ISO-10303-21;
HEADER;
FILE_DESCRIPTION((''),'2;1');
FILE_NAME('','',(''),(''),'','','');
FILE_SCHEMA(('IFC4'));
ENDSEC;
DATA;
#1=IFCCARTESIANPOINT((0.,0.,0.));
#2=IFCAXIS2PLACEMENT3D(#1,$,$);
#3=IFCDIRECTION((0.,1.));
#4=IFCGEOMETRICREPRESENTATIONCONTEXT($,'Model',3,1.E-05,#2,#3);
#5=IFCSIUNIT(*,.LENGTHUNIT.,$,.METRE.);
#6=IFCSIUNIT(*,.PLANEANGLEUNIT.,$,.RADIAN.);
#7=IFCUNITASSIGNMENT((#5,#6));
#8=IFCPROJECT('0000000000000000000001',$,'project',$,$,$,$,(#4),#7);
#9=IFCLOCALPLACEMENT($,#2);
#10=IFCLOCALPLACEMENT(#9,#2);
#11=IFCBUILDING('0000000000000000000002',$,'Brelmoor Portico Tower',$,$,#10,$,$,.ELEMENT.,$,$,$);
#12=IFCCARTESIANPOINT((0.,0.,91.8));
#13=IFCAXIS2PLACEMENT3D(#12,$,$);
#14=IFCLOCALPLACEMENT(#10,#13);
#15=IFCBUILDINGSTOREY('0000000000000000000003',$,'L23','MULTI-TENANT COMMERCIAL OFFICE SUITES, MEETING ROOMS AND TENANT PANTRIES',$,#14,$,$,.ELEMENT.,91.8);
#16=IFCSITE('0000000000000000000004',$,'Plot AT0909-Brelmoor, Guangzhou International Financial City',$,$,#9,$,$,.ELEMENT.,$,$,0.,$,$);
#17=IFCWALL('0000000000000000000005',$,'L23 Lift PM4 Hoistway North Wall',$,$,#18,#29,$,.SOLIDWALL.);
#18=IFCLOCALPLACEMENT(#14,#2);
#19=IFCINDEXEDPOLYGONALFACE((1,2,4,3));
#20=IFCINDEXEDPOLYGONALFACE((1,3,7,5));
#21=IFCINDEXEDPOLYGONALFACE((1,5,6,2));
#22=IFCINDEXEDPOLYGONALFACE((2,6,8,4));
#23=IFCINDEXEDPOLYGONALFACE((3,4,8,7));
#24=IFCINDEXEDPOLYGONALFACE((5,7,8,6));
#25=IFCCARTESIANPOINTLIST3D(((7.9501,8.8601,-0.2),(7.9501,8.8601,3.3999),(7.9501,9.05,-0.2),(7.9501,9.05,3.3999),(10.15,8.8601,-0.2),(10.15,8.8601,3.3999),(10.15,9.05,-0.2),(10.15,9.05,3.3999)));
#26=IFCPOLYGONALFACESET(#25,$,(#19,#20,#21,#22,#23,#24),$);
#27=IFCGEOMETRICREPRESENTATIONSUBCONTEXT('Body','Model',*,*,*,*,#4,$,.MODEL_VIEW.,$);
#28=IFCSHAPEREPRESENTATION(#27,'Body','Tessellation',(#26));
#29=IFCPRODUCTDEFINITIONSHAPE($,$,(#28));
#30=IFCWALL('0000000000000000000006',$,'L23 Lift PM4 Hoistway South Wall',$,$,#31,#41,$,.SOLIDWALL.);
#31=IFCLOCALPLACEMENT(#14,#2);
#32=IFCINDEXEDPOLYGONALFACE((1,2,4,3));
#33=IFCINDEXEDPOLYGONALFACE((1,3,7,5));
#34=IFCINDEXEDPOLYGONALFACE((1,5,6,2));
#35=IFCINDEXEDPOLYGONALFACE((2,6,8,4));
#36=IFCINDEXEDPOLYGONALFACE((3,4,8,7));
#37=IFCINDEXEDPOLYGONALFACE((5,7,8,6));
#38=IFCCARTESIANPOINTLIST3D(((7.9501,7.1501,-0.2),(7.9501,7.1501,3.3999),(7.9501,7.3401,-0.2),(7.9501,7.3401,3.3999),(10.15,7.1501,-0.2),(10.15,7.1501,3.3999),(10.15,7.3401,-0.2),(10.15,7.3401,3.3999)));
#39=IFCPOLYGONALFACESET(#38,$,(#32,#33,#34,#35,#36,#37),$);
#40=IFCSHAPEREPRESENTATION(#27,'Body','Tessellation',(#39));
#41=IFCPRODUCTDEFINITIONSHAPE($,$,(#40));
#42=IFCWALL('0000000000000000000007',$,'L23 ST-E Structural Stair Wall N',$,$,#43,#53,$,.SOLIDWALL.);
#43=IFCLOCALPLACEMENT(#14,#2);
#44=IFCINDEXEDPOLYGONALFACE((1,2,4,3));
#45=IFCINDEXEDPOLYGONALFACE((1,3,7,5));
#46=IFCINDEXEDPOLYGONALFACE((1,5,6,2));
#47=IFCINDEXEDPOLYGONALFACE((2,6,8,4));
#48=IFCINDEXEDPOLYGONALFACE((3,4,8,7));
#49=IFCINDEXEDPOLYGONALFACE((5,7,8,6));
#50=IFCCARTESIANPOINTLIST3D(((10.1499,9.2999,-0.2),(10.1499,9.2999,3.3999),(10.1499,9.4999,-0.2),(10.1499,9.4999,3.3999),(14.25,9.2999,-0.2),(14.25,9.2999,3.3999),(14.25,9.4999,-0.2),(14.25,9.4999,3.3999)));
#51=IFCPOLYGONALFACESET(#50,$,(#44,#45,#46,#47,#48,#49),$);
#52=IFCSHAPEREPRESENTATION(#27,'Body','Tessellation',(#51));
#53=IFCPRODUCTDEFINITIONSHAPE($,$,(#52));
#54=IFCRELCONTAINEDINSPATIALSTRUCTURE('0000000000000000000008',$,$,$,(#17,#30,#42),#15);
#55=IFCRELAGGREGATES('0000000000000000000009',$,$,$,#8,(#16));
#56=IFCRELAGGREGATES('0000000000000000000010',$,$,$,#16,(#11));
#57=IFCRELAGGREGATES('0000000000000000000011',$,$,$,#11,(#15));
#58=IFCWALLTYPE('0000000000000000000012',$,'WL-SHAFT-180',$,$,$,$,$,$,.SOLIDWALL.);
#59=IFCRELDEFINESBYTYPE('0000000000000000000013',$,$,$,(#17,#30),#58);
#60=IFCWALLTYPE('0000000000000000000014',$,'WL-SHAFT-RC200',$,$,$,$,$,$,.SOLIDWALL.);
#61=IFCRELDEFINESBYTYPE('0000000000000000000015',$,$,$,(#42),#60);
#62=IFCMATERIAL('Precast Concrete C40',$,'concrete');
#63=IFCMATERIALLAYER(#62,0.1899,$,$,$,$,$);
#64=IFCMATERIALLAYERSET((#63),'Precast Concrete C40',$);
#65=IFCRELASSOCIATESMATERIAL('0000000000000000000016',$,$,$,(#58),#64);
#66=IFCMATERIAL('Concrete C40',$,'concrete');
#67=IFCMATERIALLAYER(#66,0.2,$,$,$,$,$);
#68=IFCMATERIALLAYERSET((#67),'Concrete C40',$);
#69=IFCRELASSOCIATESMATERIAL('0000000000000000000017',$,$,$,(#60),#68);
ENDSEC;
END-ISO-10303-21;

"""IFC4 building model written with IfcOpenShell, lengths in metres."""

from ifc_helpers import new_model, si_unit, direction, frame, frame_2d, origin, place, context, subcontext, project, spatial, rectangle, extrude, material, layer, layer_set, type_object, element, save


model = new_model("IFC4")

# Units and contexts
model_context = context("Model", 3, precision=1e-05, world=origin(), true_north=direction((0.0, 1.0)))
body_context = subcontext(model_context, "Body", "Model", "MODEL_VIEW")
ifc_project = project(units=[si_unit("LENGTHUNIT", "METRE"), si_unit("PLANEANGLEUNIT", "RADIAN")], contexts=[model_context])

# Site, building, storey
site_placement = place(None, origin())
site = spatial("IfcSite", under=ifc_project, at=site_placement, Name="Plot AT0909-Brelmoor, Guangzhou International Financial City", CompositionType="ELEMENT", RefElevation=0.0)
building_placement = place(site_placement, origin())
building = spatial("IfcBuilding", under=site, at=building_placement, Name="Brelmoor Portico Tower", CompositionType="ELEMENT")
storey_placement = place(building_placement, frame((0.0, 0.0, 91.8)))
storey = spatial("IfcBuildingStorey", under=building, at=storey_placement, Name="L23", Description="MULTI-TENANT COMMERCIAL OFFICE SUITES, MEETING ROOMS AND TENANT PANTRIES", CompositionType="ELEMENT", Elevation=91.8)

# Shared definitions
ifc_material_1 = material(Name="Precast Concrete C40", Category="concrete")
ifc_layer_1 = layer(ifc_material_1, 0.1899)
ifc_layer_set_1 = layer_set([ifc_layer_1], Name="Precast Concrete C40")
wall_type_1 = type_object("IfcWallType", Name="WL-SHAFT-180", PredefinedType="SOLIDWALL", material=ifc_layer_set_1)

# Walls
for number, where, z_axis, x_axis, name in (
    (1, (7.95, 8.9551, -0.2), (0.0, 0.0, 1.0), (1.0, 0.0, 0.0), "L23 Lift PM4 Hoistway North Wall"),
    (2, (7.95, 7.2451, -0.2), (0.0, 0.0, 1.0), (1.0, 0.0, 0.0), "L23 Lift PM4 Hoistway South Wall"),
):
    element("IfcWall", number, at=place(storey_placement, frame(where, z_axis=z_axis, x_axis=x_axis)), inside=storey, type_object=wall_type_1, Name=name, PredefinedType="SOLIDWALL", context=body_context, shape_type="SweptSolid", body=[
        extrude(rectangle(XDim=2.2, YDim=0.1899, at=frame_2d((1.1001, 0.0))), origin(), (0.0, 0.0, 1.0), 3.5999),
    ])
ifc_material_2 = material(Name="Concrete C40", Category="concrete")
ifc_layer_2 = layer(ifc_material_2, 0.2)
ifc_layer_set_2 = layer_set([ifc_layer_2], Name="Concrete C40")
wall_type_2 = type_object("IfcWallType", Name="WL-SHAFT-RC200", PredefinedType="SOLIDWALL", material=ifc_layer_set_2)
wall_1_placement = place(storey_placement, frame((10.1499, 9.3999, -0.2), z_axis=(0.0, 0.0, 1.0), x_axis=(1.0, 0.0, 0.0)))
element("IfcWall", 3, at=wall_1_placement, inside=storey, type_object=wall_type_2, Name="L23 ST-E Structural Stair Wall N", PredefinedType="SOLIDWALL", context=body_context, shape_type="SweptSolid", body=[
    extrude(rectangle(XDim=4.1001, YDim=0.2, at=frame_2d((2.05, 0.0))), origin(), (0.0, 0.0, 1.0), 3.5999),
])

save(model, "model.ifc")
